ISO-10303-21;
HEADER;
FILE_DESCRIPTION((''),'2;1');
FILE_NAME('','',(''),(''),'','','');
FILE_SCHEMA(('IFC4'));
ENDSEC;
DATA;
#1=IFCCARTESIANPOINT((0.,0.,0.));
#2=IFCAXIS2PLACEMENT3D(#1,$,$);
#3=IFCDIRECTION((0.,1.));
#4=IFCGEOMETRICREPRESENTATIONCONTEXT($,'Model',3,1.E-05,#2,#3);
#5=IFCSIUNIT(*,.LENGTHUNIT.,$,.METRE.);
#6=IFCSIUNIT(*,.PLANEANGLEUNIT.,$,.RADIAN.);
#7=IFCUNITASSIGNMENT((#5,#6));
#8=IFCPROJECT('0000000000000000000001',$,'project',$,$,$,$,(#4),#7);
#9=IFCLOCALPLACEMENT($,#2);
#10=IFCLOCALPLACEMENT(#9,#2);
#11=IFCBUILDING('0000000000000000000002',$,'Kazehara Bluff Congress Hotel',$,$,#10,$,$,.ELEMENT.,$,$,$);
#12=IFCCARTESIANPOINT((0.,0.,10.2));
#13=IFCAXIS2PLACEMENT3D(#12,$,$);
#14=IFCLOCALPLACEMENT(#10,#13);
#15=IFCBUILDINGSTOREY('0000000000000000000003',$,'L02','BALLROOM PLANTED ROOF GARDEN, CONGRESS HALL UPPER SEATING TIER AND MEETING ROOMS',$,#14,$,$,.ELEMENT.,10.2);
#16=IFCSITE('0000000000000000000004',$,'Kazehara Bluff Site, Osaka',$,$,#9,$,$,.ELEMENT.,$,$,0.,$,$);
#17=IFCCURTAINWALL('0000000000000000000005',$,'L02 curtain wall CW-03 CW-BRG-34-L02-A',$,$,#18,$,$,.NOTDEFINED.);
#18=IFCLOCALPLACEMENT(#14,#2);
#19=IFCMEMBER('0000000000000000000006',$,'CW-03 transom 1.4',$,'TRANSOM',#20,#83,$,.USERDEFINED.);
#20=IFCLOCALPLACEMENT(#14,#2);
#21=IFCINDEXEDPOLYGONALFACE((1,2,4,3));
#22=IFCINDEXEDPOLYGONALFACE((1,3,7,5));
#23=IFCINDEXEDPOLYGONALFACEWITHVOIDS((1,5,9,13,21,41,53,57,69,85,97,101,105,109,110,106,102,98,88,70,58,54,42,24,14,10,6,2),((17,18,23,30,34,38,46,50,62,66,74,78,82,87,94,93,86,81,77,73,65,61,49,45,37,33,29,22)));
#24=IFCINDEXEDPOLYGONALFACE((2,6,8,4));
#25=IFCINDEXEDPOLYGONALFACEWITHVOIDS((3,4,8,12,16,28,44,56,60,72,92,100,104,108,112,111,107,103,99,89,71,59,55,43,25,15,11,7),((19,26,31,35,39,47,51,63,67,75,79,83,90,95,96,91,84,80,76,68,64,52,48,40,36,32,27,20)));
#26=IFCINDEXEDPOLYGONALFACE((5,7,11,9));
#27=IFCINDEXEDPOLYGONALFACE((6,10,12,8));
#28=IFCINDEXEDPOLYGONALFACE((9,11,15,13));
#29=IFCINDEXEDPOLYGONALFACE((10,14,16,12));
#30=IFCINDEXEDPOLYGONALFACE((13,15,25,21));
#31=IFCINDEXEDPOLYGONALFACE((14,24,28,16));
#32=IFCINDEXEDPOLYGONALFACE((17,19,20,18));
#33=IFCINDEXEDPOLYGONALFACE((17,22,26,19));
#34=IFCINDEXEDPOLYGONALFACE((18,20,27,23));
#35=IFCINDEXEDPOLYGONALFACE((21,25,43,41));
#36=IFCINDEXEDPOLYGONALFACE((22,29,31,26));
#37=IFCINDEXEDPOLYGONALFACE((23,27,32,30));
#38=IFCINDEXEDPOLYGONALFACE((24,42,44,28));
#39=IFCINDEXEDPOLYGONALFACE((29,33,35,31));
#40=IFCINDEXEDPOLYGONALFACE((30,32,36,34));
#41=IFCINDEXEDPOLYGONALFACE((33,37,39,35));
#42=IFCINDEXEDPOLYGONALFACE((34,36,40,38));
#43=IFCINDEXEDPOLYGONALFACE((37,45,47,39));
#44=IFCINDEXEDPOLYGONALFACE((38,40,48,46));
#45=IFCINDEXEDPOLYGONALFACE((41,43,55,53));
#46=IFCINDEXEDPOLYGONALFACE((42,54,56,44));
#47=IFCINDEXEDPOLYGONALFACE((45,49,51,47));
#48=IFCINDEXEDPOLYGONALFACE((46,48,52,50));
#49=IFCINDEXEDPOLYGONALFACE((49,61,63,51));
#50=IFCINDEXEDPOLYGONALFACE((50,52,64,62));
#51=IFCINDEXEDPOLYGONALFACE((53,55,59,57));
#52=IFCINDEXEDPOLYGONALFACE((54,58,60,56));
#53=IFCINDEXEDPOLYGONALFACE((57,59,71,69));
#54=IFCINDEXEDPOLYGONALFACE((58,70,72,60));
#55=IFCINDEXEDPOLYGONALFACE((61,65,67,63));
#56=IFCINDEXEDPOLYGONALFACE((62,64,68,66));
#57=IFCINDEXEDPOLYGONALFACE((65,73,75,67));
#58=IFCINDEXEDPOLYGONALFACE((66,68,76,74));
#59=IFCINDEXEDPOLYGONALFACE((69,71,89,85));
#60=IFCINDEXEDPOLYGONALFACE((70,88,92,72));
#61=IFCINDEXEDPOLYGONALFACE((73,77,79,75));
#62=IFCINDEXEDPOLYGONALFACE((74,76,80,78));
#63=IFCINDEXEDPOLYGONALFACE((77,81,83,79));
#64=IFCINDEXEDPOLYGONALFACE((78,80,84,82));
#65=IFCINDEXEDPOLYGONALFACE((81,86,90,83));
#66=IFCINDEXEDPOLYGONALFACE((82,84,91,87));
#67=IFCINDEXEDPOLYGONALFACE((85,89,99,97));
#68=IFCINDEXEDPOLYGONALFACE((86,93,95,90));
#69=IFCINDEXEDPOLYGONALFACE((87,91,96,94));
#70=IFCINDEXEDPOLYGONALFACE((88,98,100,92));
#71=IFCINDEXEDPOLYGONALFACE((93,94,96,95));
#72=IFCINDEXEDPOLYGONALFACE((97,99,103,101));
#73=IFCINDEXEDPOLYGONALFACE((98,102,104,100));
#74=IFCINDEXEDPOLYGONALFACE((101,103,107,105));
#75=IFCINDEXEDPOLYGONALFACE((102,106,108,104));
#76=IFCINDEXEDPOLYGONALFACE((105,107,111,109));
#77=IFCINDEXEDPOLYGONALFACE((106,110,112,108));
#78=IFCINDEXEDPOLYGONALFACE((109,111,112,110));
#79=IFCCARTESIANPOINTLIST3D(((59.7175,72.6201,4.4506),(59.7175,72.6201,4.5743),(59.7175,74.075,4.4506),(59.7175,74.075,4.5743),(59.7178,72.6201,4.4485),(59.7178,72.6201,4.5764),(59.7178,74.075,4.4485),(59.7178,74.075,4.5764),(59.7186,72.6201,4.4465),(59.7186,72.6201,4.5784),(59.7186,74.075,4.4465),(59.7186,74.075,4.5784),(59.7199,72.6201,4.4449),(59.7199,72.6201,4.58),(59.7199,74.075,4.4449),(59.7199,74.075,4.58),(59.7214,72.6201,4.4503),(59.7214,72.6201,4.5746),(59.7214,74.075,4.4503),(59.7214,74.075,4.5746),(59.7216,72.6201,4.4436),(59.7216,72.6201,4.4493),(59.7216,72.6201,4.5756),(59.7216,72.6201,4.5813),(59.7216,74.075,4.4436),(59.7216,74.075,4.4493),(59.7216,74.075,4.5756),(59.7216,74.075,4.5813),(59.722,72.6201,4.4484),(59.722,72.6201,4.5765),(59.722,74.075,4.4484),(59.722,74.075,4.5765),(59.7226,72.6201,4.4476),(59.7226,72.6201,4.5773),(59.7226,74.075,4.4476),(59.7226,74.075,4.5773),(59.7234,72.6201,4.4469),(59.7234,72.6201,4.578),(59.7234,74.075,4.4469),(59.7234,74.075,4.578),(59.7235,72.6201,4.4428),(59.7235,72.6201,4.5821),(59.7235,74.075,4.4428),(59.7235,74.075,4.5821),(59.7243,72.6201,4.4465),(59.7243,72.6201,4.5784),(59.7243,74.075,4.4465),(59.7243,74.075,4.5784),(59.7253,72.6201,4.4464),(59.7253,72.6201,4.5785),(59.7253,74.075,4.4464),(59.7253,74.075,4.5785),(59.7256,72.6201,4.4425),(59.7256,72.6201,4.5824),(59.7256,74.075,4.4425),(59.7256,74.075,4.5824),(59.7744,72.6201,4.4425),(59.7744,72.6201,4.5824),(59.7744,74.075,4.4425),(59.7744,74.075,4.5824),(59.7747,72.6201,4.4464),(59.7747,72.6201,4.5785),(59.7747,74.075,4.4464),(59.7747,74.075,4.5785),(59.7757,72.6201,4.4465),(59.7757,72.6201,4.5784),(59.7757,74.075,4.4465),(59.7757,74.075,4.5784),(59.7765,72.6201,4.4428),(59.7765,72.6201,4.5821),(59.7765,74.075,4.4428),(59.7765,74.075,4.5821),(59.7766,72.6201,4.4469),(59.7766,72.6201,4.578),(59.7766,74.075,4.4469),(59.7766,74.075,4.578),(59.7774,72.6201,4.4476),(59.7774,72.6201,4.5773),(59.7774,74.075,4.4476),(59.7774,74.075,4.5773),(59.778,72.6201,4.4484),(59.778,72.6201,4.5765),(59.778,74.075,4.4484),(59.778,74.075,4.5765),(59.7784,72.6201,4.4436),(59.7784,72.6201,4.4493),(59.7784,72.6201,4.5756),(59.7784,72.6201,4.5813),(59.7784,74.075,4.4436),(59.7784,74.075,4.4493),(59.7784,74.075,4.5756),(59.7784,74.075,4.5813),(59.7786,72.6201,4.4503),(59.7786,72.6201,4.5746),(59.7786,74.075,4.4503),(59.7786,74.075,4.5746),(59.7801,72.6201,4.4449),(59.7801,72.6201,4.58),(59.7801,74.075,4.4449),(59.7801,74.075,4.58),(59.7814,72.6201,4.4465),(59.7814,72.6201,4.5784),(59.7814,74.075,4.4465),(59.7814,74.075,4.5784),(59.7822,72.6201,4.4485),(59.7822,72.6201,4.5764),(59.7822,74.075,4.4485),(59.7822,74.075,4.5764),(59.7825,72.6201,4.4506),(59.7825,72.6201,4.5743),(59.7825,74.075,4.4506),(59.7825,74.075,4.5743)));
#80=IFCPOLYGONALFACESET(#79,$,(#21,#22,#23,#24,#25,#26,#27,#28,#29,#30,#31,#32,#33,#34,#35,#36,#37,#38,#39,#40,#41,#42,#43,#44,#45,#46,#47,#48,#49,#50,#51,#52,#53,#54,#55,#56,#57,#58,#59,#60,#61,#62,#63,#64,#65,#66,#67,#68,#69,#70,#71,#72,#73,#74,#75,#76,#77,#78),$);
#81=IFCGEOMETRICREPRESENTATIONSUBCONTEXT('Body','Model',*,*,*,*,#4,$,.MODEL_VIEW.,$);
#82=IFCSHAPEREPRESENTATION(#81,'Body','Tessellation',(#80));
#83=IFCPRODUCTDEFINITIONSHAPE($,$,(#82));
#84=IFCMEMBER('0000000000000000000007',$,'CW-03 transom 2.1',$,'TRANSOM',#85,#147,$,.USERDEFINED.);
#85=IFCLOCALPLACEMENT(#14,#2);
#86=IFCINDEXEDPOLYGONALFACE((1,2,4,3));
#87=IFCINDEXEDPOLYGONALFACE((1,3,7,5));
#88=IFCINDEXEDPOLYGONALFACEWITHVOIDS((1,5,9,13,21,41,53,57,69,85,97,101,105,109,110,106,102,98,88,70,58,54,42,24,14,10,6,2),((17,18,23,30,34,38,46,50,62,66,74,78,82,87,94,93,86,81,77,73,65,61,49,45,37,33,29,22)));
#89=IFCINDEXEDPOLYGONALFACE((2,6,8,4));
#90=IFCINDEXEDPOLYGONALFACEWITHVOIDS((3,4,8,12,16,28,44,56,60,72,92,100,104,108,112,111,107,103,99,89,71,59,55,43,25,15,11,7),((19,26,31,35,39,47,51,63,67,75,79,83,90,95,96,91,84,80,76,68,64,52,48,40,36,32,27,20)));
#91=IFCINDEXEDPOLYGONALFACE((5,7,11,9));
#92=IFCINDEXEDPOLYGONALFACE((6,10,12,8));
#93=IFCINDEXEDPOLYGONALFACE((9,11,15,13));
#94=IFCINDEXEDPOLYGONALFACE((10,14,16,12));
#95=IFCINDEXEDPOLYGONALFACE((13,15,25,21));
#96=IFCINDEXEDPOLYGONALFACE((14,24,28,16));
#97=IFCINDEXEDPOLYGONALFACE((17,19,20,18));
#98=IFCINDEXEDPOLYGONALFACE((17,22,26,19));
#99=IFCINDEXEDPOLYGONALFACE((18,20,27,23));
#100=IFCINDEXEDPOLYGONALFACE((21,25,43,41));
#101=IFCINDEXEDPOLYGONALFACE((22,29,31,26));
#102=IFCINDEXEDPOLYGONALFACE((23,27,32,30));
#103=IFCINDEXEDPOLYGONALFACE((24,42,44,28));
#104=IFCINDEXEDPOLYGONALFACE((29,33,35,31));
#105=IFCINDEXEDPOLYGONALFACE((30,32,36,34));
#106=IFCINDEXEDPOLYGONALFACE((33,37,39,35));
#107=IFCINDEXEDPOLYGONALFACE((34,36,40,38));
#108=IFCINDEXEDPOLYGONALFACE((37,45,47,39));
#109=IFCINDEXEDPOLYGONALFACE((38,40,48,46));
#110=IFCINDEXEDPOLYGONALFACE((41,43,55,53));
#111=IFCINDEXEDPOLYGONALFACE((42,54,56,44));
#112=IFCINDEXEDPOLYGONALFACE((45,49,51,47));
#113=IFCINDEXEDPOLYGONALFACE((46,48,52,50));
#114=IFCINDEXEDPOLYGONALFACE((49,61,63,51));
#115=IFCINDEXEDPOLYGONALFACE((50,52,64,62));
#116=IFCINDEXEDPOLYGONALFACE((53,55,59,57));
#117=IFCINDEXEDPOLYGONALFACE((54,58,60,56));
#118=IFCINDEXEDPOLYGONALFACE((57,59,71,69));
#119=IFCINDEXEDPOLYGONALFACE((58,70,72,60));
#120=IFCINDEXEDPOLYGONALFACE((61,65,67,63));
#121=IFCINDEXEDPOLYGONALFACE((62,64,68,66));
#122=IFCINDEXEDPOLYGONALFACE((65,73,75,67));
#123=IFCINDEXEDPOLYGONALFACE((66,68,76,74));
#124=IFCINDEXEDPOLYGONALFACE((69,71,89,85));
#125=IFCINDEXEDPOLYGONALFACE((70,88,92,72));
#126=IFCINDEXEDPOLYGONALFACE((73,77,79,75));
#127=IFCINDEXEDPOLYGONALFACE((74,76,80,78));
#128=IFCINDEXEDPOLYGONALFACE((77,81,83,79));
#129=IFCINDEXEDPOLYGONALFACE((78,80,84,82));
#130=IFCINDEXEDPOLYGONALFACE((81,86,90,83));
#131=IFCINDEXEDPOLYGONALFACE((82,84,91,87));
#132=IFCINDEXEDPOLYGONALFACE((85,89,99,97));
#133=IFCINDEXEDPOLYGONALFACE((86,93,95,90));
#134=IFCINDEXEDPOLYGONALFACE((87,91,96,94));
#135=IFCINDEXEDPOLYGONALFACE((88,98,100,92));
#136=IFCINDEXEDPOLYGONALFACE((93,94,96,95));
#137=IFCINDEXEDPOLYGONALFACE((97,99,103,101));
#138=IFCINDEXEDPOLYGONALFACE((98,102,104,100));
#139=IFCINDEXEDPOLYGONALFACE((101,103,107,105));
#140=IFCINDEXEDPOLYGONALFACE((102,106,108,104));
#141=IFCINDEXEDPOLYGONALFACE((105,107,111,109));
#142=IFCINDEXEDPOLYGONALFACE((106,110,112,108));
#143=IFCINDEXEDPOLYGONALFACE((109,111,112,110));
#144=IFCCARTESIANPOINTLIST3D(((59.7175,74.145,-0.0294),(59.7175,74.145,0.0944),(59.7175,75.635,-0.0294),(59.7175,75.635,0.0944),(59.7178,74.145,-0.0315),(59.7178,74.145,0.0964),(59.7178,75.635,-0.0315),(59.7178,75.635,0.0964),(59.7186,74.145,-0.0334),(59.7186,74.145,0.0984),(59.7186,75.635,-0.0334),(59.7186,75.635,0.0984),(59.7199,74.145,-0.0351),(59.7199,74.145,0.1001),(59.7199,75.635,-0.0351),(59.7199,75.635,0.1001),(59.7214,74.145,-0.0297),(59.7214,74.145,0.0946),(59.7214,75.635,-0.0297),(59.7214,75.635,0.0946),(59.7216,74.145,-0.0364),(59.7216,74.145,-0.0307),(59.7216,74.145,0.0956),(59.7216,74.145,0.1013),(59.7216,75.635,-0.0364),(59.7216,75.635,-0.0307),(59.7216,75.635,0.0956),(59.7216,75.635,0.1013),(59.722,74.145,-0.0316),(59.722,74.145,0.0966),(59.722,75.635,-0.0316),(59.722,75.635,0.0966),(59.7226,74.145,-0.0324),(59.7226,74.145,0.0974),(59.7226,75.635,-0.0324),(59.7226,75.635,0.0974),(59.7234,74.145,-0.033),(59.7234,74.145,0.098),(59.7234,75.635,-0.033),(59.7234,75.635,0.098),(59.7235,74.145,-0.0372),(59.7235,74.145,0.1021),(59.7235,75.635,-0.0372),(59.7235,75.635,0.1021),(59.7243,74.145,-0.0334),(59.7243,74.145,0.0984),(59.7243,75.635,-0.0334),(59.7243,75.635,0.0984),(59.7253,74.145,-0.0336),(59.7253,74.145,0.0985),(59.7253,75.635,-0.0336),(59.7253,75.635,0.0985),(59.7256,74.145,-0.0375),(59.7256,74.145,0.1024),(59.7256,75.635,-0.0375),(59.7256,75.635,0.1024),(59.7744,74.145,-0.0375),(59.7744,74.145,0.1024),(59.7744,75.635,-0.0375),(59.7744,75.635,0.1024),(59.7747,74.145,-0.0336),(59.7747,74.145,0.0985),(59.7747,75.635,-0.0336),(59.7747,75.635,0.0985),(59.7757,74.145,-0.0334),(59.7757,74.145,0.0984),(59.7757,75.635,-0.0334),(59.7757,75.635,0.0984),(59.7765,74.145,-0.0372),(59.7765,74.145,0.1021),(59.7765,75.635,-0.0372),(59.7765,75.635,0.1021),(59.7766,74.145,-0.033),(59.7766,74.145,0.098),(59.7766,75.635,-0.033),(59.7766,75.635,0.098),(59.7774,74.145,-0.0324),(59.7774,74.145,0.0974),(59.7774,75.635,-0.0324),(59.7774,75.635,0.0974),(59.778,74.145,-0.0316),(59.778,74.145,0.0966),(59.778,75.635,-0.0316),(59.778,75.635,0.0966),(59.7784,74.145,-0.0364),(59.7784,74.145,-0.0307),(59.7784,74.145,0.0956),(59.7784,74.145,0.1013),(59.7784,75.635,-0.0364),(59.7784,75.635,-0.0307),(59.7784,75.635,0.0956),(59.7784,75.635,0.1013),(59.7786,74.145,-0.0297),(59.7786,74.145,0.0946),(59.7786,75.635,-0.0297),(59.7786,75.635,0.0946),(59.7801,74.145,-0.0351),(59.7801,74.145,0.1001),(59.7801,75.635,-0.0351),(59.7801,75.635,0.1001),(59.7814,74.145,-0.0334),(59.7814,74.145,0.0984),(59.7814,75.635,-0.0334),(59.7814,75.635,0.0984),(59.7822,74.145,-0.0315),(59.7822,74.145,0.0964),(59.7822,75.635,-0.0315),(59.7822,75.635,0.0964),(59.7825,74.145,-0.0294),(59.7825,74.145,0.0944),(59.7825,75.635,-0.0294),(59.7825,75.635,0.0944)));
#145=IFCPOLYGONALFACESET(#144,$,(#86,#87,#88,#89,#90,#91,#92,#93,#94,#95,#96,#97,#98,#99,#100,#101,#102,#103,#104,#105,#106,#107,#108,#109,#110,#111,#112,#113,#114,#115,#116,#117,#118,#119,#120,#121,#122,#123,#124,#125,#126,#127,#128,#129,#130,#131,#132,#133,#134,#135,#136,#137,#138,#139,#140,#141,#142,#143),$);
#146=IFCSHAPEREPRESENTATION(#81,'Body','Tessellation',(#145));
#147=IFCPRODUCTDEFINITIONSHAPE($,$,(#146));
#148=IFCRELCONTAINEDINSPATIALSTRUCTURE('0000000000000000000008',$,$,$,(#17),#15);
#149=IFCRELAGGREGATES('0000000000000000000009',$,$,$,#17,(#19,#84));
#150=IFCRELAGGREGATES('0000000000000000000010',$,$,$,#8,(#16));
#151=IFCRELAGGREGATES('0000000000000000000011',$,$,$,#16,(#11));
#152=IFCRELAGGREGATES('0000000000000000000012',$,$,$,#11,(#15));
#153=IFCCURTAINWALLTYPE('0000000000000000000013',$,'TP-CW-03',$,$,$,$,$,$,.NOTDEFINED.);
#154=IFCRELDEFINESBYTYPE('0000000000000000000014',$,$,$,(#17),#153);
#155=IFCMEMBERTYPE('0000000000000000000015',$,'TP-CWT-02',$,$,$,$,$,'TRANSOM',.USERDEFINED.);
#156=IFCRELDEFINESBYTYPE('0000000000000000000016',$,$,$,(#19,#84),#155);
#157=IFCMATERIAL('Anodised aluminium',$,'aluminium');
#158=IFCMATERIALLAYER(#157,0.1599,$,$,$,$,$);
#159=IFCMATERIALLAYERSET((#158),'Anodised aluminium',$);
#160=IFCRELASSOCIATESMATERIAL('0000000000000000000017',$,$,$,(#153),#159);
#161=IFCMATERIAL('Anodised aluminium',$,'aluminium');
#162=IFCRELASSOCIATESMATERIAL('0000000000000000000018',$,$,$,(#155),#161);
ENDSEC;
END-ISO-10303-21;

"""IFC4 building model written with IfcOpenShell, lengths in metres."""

from ifc_helpers import new_model, si_unit, direction, frame, origin, origin_2d, place, context, subcontext, project, spatial, hollow_rectangle, extrude, material, layer, layer_set, material_profile, profile_set, type_object, element, aggregate, save


model = new_model("IFC4")

# Units and contexts
model_context = context("Model", 3, precision=1e-05, world=origin(), true_north=direction((0.0, 1.0)))
body_context = subcontext(model_context, "Body", "Model", "MODEL_VIEW")
ifc_project = project(units=[si_unit("LENGTHUNIT", "METRE"), si_unit("PLANEANGLEUNIT", "RADIAN")], contexts=[model_context])

# Site, building, storey
site_placement = place(None, origin())
site = spatial("IfcSite", under=ifc_project, at=site_placement, Name="Kazehara Bluff Site, Osaka", CompositionType="ELEMENT", RefElevation=0.0)
building_placement = place(site_placement, origin())
building = spatial("IfcBuilding", under=site, at=building_placement, Name="Kazehara Bluff Congress Hotel", CompositionType="ELEMENT")
storey_placement = place(building_placement, frame((0.0, 0.0, 10.2)))
storey = spatial("IfcBuildingStorey", under=building, at=storey_placement, Name="L02", Description="BALLROOM PLANTED ROOF GARDEN, CONGRESS HALL UPPER SEATING TIER AND MEETING ROOMS", CompositionType="ELEMENT", Elevation=10.2)

# Curtain wall, members
ifc_material_1 = material(Name="Anodised aluminium", Category="aluminium")
ifc_layer_1 = layer(ifc_material_1, 0.1599)
ifc_layer_set_1 = layer_set([ifc_layer_1], Name="Anodised aluminium")
curtain_wall_type_1 = type_object("IfcCurtainWallType", Name="TP-CW-03", PredefinedType="NOTDEFINED", material=ifc_layer_set_1)
curtain_wall_1_placement = place(storey_placement, origin())
curtain_wall_1 = element("IfcCurtainWall", 1, at=curtain_wall_1_placement, inside=storey, type_object=curtain_wall_type_1, Name="L02 curtain wall CW-03 CW-BRG-34-L02-A", PredefinedType="NOTDEFINED")
ifc_material_2 = material(Name="Anodised aluminium", Category="aluminium")
ifc_material_profile_1 = material_profile(ifc_material_2, hollow_rectangle(XDim=0.0649, YDim=0.1399, WallThickness=0.0039, InnerFilletRadius=0.0039, OuterFilletRadius=0.0081, at=origin_2d()))
ifc_profile_set_1 = profile_set([ifc_material_profile_1], Name="Anodised aluminium")
member_type_1 = type_object("IfcMemberType", Name="TP-CWT-02", ElementType="TRANSOM", PredefinedType="USERDEFINED", material=ifc_profile_set_1)
member_1_placement = place(storey_placement, frame((59.75, 72.6201, 4.5125), z_axis=(0.0, 1.0, 0.0), x_axis=(-1.0, 0.0, 0.0)))
member_1 = element("IfcMember", 2, at=member_1_placement, type_object=member_type_1, Name="CW-03 transom 1.4", ObjectType="TRANSOM", PredefinedType="USERDEFINED", context=body_context, shape_type="SweptSolid", body=[
    extrude(hollow_rectangle(XDim=0.0649, YDim=0.1399, WallThickness=0.0039, InnerFilletRadius=0.0039, OuterFilletRadius=0.0081, at=origin_2d()), origin(), (0.0, 0.0, 1.0), 1.4548),
])
member_2_placement = place(storey_placement, frame((59.75, 74.145, 0.0325), z_axis=(0.0, 1.0, 0.0), x_axis=(-1.0, 0.0, 0.0)))
member_2 = element("IfcMember", 3, at=member_2_placement, type_object=member_type_1, Name="CW-03 transom 2.1", ObjectType="TRANSOM", PredefinedType="USERDEFINED", context=body_context, shape_type="SweptSolid", body=[
    extrude(hollow_rectangle(XDim=0.0649, YDim=0.1399, WallThickness=0.0039, InnerFilletRadius=0.0039, OuterFilletRadius=0.0081, at=origin_2d()), origin(), (0.0, 0.0, 1.0), 1.49),
])

aggregate(curtain_wall_1, [member_1, member_2])

save(model, "model.ifc")
